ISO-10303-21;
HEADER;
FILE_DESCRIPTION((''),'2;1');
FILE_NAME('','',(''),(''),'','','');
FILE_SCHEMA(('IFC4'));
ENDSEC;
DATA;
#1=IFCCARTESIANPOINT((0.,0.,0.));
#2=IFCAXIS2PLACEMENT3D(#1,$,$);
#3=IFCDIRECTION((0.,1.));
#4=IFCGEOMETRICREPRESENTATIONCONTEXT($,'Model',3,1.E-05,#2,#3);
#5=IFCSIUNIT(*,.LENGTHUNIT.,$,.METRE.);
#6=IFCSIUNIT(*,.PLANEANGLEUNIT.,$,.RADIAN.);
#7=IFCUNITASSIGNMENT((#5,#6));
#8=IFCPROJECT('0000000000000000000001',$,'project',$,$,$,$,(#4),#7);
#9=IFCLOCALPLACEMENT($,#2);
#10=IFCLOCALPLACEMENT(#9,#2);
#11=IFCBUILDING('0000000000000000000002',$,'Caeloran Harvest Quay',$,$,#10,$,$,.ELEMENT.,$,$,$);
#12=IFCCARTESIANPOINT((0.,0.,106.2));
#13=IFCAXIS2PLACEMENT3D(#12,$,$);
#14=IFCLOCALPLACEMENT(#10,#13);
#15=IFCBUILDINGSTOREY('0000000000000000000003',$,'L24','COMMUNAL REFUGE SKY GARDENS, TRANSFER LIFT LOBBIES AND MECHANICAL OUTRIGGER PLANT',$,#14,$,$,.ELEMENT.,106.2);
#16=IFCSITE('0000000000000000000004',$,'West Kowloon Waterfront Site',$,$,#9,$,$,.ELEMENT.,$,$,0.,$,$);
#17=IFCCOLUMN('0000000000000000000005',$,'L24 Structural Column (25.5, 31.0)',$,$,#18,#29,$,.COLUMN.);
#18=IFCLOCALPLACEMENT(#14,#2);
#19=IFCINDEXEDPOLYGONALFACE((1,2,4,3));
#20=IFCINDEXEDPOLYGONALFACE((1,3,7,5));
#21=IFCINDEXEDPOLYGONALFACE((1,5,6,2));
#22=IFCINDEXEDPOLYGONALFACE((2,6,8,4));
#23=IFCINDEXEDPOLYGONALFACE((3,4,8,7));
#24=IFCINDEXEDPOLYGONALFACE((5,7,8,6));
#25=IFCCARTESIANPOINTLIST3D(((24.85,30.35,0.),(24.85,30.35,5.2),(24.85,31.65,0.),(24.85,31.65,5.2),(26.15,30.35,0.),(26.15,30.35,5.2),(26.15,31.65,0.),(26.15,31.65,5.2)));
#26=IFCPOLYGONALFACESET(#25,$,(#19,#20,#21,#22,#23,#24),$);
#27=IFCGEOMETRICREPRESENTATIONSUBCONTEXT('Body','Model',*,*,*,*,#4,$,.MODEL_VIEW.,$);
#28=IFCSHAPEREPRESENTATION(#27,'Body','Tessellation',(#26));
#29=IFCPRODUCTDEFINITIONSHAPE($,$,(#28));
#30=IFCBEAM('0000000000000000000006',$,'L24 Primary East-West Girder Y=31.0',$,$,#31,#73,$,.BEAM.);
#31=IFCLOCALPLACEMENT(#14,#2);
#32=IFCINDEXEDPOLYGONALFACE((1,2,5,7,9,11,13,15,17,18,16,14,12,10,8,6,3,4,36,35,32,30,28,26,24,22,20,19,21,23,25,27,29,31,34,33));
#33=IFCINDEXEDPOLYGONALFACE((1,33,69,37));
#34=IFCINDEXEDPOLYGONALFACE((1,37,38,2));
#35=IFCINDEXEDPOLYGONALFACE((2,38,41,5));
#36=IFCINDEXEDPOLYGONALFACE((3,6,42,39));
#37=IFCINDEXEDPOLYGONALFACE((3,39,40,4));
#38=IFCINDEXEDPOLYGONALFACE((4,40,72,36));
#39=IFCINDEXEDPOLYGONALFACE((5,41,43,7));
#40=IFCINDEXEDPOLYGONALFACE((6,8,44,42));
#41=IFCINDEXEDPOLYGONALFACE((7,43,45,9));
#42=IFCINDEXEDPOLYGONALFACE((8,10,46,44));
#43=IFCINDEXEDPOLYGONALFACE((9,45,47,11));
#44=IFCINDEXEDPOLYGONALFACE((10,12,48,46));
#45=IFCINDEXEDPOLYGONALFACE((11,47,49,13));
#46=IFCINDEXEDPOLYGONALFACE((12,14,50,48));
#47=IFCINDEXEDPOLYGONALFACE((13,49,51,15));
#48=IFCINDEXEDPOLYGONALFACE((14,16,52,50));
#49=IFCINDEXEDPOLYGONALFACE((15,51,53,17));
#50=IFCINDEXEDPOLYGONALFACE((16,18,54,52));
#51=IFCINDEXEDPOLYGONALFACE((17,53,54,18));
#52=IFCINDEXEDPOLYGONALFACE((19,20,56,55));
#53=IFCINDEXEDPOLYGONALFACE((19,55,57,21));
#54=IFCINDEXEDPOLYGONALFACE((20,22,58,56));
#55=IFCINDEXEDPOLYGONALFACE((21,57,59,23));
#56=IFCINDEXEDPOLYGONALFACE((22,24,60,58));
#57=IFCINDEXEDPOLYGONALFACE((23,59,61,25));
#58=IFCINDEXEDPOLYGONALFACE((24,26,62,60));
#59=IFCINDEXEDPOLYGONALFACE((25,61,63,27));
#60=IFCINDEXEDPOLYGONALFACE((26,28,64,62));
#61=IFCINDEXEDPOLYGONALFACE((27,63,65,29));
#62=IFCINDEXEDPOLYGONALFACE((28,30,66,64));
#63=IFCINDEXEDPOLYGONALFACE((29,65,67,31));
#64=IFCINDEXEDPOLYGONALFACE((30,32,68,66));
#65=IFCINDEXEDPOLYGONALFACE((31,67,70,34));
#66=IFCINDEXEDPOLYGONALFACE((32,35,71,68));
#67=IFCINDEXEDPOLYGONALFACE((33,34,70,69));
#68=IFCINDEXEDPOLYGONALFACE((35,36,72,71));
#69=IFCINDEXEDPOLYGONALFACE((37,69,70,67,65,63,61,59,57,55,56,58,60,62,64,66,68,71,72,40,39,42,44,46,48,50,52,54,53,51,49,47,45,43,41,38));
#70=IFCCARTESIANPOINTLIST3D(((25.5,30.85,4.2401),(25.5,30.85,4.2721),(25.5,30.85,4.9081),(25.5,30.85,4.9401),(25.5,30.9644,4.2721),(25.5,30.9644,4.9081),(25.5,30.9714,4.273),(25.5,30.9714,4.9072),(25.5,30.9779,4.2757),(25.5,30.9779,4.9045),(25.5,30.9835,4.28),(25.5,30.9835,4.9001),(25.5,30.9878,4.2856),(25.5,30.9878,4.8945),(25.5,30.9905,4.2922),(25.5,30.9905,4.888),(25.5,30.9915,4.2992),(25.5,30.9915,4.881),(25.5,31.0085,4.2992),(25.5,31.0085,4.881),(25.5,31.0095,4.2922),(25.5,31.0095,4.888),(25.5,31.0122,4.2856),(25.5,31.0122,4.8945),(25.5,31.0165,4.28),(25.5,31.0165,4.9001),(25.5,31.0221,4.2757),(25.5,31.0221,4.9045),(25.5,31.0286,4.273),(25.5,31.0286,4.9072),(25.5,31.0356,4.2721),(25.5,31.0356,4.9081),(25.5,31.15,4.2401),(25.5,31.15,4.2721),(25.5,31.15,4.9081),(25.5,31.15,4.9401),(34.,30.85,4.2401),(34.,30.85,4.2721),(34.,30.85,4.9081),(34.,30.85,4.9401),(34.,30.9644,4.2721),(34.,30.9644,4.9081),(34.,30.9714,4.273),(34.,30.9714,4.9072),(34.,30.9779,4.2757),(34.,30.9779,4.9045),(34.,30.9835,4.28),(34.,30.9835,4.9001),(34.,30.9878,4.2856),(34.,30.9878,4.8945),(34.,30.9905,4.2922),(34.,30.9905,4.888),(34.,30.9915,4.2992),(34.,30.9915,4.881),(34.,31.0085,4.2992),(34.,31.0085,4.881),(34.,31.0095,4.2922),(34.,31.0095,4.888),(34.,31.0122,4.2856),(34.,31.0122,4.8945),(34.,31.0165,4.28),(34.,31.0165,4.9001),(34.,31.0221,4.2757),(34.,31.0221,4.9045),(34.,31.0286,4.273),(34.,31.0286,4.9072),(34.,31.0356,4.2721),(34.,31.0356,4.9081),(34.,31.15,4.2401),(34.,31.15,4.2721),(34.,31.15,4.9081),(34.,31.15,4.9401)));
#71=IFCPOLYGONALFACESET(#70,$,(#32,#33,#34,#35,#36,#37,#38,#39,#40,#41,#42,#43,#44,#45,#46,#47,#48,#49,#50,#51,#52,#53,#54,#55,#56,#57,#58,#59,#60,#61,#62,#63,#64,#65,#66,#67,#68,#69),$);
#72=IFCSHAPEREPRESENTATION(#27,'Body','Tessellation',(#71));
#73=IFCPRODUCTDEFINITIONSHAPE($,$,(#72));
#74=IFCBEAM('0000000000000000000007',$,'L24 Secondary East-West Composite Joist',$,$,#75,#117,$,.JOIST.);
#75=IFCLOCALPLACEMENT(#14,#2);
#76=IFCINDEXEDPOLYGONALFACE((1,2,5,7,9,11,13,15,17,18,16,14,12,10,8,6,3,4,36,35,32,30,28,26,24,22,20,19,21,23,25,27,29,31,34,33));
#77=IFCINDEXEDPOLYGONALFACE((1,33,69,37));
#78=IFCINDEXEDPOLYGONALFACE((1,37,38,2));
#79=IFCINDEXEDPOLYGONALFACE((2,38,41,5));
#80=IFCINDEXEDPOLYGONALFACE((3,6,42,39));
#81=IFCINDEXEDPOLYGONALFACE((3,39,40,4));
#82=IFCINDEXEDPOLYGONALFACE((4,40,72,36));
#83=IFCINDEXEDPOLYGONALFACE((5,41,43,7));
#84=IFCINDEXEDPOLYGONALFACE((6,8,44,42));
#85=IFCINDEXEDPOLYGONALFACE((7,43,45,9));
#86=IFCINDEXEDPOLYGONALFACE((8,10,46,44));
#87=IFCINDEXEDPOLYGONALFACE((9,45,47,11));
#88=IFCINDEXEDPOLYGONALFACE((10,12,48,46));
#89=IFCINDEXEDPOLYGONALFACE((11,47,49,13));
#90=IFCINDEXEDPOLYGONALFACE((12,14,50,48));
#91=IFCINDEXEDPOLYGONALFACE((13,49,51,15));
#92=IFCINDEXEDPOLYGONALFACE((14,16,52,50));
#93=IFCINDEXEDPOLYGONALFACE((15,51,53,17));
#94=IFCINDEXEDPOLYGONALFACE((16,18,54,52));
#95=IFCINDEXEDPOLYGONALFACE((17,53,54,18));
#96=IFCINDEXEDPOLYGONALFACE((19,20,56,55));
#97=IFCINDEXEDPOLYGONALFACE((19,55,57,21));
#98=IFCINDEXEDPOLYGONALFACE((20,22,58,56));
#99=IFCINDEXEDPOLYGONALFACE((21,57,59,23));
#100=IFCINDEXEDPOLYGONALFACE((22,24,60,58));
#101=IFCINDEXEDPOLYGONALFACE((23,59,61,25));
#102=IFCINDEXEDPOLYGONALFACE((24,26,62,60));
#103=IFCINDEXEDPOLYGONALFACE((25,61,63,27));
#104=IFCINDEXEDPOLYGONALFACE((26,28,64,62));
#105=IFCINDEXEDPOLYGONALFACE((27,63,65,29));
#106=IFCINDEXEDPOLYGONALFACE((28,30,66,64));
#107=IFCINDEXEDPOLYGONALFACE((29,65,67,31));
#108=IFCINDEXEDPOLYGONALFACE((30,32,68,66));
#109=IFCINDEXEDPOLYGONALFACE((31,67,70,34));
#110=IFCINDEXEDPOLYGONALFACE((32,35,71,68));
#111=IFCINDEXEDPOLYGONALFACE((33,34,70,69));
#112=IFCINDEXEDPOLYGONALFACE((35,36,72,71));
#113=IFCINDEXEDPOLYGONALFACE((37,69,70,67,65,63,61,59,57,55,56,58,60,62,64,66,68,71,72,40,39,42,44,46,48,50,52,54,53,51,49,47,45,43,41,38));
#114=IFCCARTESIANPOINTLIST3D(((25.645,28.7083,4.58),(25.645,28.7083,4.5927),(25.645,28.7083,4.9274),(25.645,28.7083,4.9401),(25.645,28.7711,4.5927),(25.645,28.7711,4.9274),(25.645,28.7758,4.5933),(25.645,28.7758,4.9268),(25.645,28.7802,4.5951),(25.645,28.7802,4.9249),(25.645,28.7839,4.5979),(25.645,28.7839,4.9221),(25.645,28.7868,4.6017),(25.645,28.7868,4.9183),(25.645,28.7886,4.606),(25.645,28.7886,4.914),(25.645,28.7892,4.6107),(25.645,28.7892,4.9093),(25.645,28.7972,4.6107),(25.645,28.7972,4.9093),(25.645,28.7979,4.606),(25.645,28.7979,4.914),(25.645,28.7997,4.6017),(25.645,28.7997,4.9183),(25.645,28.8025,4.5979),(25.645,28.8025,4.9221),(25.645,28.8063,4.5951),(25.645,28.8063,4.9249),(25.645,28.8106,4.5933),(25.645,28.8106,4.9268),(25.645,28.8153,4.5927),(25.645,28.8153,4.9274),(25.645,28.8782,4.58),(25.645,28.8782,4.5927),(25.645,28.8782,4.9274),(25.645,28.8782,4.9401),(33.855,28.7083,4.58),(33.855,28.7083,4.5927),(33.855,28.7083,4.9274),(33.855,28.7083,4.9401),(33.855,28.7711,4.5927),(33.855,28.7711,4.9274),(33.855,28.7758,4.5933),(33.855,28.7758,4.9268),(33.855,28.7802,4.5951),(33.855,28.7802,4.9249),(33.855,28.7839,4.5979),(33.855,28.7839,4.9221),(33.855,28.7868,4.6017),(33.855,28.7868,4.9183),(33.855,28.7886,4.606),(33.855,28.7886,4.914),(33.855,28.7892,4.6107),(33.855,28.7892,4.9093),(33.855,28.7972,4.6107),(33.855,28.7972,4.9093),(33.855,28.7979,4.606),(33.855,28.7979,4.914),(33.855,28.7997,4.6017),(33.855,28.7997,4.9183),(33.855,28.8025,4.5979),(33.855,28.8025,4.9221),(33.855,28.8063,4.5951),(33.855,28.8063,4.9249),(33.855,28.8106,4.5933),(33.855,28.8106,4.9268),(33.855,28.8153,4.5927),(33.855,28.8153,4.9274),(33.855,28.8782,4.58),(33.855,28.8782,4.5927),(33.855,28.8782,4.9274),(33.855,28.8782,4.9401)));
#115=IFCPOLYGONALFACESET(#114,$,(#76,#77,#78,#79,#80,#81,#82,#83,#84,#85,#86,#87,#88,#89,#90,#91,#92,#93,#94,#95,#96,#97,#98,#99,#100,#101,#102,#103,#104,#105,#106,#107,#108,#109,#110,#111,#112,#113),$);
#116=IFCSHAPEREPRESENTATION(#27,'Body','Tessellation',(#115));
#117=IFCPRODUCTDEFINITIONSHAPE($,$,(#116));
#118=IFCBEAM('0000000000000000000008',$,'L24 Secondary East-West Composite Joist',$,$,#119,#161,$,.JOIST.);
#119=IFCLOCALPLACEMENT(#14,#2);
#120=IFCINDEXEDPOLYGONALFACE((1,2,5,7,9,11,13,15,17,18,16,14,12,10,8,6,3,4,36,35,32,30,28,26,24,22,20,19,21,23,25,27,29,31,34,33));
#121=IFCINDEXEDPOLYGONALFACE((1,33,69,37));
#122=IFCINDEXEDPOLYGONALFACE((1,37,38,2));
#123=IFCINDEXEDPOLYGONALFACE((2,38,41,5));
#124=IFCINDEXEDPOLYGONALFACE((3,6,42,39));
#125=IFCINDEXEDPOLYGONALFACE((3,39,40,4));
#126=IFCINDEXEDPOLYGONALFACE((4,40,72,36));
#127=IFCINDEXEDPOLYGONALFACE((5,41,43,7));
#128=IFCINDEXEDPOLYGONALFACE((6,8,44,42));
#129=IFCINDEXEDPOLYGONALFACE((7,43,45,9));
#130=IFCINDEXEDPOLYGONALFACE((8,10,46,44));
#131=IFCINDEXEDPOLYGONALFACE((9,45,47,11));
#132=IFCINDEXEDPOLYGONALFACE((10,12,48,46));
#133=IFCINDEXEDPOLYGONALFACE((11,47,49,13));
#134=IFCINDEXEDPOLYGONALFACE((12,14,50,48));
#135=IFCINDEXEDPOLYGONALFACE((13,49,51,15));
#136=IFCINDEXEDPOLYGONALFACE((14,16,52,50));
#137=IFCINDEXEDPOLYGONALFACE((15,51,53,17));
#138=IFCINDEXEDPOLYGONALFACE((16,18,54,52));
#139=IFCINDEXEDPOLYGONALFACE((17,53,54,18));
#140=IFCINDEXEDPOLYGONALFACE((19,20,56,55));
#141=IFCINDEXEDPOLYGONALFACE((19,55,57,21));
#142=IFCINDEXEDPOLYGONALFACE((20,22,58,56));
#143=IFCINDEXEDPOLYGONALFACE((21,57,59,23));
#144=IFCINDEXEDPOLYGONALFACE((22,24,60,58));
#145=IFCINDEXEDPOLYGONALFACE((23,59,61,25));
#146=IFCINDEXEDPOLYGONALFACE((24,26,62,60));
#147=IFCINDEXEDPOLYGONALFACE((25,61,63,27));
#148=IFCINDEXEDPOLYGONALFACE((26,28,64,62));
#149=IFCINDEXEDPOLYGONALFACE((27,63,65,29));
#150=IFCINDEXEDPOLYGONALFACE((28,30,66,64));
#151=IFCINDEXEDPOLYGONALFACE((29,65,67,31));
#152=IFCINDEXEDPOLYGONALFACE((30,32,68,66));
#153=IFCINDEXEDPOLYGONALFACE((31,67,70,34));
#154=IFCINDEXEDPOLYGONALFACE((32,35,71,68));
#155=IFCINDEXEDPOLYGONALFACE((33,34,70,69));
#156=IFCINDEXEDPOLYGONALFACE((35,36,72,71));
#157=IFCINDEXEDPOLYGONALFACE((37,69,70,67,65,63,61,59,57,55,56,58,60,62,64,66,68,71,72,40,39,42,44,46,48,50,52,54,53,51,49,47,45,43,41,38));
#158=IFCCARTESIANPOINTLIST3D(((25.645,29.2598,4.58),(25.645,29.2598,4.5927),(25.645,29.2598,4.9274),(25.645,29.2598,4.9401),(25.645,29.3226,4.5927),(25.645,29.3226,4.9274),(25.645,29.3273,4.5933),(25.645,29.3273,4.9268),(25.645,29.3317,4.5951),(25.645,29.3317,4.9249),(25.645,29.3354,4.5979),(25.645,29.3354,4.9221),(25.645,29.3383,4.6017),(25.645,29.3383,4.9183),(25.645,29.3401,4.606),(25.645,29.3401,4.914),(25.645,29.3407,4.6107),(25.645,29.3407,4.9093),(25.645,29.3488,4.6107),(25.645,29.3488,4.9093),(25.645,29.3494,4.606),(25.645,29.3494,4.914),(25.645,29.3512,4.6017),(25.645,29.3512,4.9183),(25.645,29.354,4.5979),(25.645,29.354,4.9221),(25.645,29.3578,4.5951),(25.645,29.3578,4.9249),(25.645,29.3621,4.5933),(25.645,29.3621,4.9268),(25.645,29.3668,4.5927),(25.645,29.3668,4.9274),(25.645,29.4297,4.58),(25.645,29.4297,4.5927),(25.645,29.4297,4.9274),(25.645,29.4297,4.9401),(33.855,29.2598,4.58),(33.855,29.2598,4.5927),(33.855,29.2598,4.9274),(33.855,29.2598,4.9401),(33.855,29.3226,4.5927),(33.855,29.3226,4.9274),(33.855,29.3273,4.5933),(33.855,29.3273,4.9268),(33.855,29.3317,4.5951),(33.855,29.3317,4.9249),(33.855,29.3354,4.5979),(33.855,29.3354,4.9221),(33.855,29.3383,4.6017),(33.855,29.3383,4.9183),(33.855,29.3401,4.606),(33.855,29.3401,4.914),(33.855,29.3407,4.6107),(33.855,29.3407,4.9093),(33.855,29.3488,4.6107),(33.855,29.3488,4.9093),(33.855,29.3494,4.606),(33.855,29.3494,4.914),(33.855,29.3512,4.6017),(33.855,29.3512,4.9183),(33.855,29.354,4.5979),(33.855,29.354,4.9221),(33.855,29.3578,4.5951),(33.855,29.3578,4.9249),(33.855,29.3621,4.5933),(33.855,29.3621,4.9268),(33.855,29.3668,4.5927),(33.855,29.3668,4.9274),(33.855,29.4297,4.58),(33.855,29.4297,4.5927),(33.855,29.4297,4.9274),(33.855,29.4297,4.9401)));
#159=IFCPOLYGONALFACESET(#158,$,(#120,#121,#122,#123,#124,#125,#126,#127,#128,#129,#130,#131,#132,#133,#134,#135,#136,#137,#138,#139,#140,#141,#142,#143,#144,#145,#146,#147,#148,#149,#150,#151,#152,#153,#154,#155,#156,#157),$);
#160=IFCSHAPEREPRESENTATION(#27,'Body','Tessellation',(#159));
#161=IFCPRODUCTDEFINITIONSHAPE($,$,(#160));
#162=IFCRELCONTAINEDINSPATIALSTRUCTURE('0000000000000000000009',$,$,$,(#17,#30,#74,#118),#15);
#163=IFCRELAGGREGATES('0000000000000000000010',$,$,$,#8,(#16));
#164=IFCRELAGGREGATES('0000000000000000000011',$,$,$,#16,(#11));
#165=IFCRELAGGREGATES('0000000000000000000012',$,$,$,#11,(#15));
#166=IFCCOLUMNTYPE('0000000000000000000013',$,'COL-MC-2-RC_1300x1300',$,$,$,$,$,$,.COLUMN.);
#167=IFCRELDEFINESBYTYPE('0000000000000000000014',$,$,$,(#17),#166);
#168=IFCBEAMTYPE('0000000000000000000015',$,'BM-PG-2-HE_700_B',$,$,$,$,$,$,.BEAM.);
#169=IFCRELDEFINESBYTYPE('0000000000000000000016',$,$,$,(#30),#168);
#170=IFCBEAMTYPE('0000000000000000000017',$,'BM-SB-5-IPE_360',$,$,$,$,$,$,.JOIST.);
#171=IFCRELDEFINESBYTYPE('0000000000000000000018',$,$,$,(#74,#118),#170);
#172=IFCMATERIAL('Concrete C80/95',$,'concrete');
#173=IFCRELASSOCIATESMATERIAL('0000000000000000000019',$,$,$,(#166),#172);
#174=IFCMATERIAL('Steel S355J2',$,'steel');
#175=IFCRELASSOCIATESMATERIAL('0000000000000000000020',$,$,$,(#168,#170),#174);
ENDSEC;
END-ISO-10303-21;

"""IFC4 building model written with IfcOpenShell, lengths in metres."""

from ifc_helpers import new_model, si_unit, direction, frame, origin, origin_2d, place, context, subcontext, project, spatial, rectangle, i_section, extrude, material, material_profile, profile_set, type_object, element, save


model = new_model("IFC4")

# Units and contexts
model_context = context("Model", 3, precision=1e-05, world=origin(), true_north=direction((0.0, 1.0)))
body_context = subcontext(model_context, "Body", "Model", "MODEL_VIEW")
ifc_project = project(units=[si_unit("LENGTHUNIT", "METRE"), si_unit("PLANEANGLEUNIT", "RADIAN")], contexts=[model_context])

# Site, building, storey
site_placement = place(None, origin())
site = spatial("IfcSite", under=ifc_project, at=site_placement, Name="West Kowloon Waterfront Site", CompositionType="ELEMENT", RefElevation=0.0)
building_placement = place(site_placement, origin())
building = spatial("IfcBuilding", under=site, at=building_placement, Name="Caeloran Harvest Quay", CompositionType="ELEMENT")
storey_placement = place(building_placement, frame((0.0, 0.0, 106.2)))
storey = spatial("IfcBuildingStorey", under=building, at=storey_placement, Name="L24", Description="COMMUNAL REFUGE SKY GARDENS, TRANSFER LIFT LOBBIES AND MECHANICAL OUTRIGGER PLANT", CompositionType="ELEMENT", Elevation=106.2)

# Column
ifc_material_1 = material(Name="Concrete C80/95", Category="concrete")
ifc_material_profile_1 = material_profile(ifc_material_1, rectangle(XDim=1.3, YDim=1.3, at=origin_2d()), Name="RC 1300x1300")
ifc_profile_set_1 = profile_set([ifc_material_profile_1], Name="Concrete C80/95")
column_type = type_object("IfcColumnType", Name="COL-MC-2-RC_1300x1300", PredefinedType="COLUMN", material=ifc_profile_set_1)
column_placement = place(storey_placement, frame((25.5, 31.0, 0.0), z_axis=(0.0, 0.0, 1.0), x_axis=(1.0, 0.0, 0.0)))
element("IfcColumn", 1, at=column_placement, inside=storey, type_object=column_type, Name="L24 Structural Column (25.5, 31.0)", PredefinedType="COLUMN", context=body_context, shape_type="SweptSolid", body=[
    extrude(rectangle(XDim=1.3, YDim=1.3, at=origin_2d()), origin(), (0.0, 0.0, 1.0), 5.2),
])

# Beams
ifc_material_2 = material(Name="Steel S355J2", Category="steel")
ifc_material_profile_2 = material_profile(ifc_material_2, i_section(OverallWidth=0.3, OverallDepth=0.7, WebThickness=0.0171, FlangeThickness=0.032, FilletRadius=0.0271, at=origin_2d()), Name="HE 700 B")
ifc_profile_set_2 = profile_set([ifc_material_profile_2], Name="Steel S355J2")
beam_type_1 = type_object("IfcBeamType", Name="BM-PG-2-HE_700_B", PredefinedType="BEAM", material=ifc_profile_set_2)
beam_placement = place(storey_placement, frame((25.5, 31.0, 4.5901), z_axis=(1.0, 0.0, 0.0), x_axis=(0.0, 1.0, 0.0)))
element("IfcBeam", 2, at=beam_placement, inside=storey, type_object=beam_type_1, Name="L24 Primary East-West Girder Y=31.0", PredefinedType="BEAM", context=body_context, shape_type="SweptSolid", body=[
    extrude(i_section(OverallWidth=0.3, OverallDepth=0.7, WebThickness=0.0171, FlangeThickness=0.032, FilletRadius=0.0271, at=origin_2d()), origin(), (0.0, 0.0, 1.0), 8.5),
])
ifc_material_profile_3 = material_profile(ifc_material_2, i_section(OverallWidth=0.1699, OverallDepth=0.3601, WebThickness=0.0081, FlangeThickness=0.0127, FilletRadius=0.0181, at=origin_2d()), Name="IPE 360")
ifc_profile_set_3 = profile_set([ifc_material_profile_3], Name="Steel S355J2")
beam_type_2 = type_object("IfcBeamType", Name="BM-SB-5-IPE_360", PredefinedType="JOIST", material=ifc_profile_set_3)
for number, where, z_axis, x_axis, name in (
    (3, (25.645, 28.7932, 4.76), (1.0, 0.0, 0.0), (0.0, 1.0, 0.0), "L24 Secondary East-West Composite Joist"),
    (4, (25.645, 29.3447, 4.76), (1.0, 0.0, 0.0), (0.0, 1.0, 0.0), "L24 Secondary East-West Composite Joist"),
):
    element("IfcBeam", number, at=place(storey_placement, frame(where, z_axis=z_axis, x_axis=x_axis)), inside=storey, type_object=beam_type_2, Name=name, PredefinedType="JOIST", context=body_context, shape_type="SweptSolid", body=[
        extrude(i_section(OverallWidth=0.1699, OverallDepth=0.3601, WebThickness=0.0081, FlangeThickness=0.0127, FilletRadius=0.0181, at=origin_2d()), origin(), (0.0, 0.0, 1.0), 8.21),
    ])

save(model, "model.ifc")
